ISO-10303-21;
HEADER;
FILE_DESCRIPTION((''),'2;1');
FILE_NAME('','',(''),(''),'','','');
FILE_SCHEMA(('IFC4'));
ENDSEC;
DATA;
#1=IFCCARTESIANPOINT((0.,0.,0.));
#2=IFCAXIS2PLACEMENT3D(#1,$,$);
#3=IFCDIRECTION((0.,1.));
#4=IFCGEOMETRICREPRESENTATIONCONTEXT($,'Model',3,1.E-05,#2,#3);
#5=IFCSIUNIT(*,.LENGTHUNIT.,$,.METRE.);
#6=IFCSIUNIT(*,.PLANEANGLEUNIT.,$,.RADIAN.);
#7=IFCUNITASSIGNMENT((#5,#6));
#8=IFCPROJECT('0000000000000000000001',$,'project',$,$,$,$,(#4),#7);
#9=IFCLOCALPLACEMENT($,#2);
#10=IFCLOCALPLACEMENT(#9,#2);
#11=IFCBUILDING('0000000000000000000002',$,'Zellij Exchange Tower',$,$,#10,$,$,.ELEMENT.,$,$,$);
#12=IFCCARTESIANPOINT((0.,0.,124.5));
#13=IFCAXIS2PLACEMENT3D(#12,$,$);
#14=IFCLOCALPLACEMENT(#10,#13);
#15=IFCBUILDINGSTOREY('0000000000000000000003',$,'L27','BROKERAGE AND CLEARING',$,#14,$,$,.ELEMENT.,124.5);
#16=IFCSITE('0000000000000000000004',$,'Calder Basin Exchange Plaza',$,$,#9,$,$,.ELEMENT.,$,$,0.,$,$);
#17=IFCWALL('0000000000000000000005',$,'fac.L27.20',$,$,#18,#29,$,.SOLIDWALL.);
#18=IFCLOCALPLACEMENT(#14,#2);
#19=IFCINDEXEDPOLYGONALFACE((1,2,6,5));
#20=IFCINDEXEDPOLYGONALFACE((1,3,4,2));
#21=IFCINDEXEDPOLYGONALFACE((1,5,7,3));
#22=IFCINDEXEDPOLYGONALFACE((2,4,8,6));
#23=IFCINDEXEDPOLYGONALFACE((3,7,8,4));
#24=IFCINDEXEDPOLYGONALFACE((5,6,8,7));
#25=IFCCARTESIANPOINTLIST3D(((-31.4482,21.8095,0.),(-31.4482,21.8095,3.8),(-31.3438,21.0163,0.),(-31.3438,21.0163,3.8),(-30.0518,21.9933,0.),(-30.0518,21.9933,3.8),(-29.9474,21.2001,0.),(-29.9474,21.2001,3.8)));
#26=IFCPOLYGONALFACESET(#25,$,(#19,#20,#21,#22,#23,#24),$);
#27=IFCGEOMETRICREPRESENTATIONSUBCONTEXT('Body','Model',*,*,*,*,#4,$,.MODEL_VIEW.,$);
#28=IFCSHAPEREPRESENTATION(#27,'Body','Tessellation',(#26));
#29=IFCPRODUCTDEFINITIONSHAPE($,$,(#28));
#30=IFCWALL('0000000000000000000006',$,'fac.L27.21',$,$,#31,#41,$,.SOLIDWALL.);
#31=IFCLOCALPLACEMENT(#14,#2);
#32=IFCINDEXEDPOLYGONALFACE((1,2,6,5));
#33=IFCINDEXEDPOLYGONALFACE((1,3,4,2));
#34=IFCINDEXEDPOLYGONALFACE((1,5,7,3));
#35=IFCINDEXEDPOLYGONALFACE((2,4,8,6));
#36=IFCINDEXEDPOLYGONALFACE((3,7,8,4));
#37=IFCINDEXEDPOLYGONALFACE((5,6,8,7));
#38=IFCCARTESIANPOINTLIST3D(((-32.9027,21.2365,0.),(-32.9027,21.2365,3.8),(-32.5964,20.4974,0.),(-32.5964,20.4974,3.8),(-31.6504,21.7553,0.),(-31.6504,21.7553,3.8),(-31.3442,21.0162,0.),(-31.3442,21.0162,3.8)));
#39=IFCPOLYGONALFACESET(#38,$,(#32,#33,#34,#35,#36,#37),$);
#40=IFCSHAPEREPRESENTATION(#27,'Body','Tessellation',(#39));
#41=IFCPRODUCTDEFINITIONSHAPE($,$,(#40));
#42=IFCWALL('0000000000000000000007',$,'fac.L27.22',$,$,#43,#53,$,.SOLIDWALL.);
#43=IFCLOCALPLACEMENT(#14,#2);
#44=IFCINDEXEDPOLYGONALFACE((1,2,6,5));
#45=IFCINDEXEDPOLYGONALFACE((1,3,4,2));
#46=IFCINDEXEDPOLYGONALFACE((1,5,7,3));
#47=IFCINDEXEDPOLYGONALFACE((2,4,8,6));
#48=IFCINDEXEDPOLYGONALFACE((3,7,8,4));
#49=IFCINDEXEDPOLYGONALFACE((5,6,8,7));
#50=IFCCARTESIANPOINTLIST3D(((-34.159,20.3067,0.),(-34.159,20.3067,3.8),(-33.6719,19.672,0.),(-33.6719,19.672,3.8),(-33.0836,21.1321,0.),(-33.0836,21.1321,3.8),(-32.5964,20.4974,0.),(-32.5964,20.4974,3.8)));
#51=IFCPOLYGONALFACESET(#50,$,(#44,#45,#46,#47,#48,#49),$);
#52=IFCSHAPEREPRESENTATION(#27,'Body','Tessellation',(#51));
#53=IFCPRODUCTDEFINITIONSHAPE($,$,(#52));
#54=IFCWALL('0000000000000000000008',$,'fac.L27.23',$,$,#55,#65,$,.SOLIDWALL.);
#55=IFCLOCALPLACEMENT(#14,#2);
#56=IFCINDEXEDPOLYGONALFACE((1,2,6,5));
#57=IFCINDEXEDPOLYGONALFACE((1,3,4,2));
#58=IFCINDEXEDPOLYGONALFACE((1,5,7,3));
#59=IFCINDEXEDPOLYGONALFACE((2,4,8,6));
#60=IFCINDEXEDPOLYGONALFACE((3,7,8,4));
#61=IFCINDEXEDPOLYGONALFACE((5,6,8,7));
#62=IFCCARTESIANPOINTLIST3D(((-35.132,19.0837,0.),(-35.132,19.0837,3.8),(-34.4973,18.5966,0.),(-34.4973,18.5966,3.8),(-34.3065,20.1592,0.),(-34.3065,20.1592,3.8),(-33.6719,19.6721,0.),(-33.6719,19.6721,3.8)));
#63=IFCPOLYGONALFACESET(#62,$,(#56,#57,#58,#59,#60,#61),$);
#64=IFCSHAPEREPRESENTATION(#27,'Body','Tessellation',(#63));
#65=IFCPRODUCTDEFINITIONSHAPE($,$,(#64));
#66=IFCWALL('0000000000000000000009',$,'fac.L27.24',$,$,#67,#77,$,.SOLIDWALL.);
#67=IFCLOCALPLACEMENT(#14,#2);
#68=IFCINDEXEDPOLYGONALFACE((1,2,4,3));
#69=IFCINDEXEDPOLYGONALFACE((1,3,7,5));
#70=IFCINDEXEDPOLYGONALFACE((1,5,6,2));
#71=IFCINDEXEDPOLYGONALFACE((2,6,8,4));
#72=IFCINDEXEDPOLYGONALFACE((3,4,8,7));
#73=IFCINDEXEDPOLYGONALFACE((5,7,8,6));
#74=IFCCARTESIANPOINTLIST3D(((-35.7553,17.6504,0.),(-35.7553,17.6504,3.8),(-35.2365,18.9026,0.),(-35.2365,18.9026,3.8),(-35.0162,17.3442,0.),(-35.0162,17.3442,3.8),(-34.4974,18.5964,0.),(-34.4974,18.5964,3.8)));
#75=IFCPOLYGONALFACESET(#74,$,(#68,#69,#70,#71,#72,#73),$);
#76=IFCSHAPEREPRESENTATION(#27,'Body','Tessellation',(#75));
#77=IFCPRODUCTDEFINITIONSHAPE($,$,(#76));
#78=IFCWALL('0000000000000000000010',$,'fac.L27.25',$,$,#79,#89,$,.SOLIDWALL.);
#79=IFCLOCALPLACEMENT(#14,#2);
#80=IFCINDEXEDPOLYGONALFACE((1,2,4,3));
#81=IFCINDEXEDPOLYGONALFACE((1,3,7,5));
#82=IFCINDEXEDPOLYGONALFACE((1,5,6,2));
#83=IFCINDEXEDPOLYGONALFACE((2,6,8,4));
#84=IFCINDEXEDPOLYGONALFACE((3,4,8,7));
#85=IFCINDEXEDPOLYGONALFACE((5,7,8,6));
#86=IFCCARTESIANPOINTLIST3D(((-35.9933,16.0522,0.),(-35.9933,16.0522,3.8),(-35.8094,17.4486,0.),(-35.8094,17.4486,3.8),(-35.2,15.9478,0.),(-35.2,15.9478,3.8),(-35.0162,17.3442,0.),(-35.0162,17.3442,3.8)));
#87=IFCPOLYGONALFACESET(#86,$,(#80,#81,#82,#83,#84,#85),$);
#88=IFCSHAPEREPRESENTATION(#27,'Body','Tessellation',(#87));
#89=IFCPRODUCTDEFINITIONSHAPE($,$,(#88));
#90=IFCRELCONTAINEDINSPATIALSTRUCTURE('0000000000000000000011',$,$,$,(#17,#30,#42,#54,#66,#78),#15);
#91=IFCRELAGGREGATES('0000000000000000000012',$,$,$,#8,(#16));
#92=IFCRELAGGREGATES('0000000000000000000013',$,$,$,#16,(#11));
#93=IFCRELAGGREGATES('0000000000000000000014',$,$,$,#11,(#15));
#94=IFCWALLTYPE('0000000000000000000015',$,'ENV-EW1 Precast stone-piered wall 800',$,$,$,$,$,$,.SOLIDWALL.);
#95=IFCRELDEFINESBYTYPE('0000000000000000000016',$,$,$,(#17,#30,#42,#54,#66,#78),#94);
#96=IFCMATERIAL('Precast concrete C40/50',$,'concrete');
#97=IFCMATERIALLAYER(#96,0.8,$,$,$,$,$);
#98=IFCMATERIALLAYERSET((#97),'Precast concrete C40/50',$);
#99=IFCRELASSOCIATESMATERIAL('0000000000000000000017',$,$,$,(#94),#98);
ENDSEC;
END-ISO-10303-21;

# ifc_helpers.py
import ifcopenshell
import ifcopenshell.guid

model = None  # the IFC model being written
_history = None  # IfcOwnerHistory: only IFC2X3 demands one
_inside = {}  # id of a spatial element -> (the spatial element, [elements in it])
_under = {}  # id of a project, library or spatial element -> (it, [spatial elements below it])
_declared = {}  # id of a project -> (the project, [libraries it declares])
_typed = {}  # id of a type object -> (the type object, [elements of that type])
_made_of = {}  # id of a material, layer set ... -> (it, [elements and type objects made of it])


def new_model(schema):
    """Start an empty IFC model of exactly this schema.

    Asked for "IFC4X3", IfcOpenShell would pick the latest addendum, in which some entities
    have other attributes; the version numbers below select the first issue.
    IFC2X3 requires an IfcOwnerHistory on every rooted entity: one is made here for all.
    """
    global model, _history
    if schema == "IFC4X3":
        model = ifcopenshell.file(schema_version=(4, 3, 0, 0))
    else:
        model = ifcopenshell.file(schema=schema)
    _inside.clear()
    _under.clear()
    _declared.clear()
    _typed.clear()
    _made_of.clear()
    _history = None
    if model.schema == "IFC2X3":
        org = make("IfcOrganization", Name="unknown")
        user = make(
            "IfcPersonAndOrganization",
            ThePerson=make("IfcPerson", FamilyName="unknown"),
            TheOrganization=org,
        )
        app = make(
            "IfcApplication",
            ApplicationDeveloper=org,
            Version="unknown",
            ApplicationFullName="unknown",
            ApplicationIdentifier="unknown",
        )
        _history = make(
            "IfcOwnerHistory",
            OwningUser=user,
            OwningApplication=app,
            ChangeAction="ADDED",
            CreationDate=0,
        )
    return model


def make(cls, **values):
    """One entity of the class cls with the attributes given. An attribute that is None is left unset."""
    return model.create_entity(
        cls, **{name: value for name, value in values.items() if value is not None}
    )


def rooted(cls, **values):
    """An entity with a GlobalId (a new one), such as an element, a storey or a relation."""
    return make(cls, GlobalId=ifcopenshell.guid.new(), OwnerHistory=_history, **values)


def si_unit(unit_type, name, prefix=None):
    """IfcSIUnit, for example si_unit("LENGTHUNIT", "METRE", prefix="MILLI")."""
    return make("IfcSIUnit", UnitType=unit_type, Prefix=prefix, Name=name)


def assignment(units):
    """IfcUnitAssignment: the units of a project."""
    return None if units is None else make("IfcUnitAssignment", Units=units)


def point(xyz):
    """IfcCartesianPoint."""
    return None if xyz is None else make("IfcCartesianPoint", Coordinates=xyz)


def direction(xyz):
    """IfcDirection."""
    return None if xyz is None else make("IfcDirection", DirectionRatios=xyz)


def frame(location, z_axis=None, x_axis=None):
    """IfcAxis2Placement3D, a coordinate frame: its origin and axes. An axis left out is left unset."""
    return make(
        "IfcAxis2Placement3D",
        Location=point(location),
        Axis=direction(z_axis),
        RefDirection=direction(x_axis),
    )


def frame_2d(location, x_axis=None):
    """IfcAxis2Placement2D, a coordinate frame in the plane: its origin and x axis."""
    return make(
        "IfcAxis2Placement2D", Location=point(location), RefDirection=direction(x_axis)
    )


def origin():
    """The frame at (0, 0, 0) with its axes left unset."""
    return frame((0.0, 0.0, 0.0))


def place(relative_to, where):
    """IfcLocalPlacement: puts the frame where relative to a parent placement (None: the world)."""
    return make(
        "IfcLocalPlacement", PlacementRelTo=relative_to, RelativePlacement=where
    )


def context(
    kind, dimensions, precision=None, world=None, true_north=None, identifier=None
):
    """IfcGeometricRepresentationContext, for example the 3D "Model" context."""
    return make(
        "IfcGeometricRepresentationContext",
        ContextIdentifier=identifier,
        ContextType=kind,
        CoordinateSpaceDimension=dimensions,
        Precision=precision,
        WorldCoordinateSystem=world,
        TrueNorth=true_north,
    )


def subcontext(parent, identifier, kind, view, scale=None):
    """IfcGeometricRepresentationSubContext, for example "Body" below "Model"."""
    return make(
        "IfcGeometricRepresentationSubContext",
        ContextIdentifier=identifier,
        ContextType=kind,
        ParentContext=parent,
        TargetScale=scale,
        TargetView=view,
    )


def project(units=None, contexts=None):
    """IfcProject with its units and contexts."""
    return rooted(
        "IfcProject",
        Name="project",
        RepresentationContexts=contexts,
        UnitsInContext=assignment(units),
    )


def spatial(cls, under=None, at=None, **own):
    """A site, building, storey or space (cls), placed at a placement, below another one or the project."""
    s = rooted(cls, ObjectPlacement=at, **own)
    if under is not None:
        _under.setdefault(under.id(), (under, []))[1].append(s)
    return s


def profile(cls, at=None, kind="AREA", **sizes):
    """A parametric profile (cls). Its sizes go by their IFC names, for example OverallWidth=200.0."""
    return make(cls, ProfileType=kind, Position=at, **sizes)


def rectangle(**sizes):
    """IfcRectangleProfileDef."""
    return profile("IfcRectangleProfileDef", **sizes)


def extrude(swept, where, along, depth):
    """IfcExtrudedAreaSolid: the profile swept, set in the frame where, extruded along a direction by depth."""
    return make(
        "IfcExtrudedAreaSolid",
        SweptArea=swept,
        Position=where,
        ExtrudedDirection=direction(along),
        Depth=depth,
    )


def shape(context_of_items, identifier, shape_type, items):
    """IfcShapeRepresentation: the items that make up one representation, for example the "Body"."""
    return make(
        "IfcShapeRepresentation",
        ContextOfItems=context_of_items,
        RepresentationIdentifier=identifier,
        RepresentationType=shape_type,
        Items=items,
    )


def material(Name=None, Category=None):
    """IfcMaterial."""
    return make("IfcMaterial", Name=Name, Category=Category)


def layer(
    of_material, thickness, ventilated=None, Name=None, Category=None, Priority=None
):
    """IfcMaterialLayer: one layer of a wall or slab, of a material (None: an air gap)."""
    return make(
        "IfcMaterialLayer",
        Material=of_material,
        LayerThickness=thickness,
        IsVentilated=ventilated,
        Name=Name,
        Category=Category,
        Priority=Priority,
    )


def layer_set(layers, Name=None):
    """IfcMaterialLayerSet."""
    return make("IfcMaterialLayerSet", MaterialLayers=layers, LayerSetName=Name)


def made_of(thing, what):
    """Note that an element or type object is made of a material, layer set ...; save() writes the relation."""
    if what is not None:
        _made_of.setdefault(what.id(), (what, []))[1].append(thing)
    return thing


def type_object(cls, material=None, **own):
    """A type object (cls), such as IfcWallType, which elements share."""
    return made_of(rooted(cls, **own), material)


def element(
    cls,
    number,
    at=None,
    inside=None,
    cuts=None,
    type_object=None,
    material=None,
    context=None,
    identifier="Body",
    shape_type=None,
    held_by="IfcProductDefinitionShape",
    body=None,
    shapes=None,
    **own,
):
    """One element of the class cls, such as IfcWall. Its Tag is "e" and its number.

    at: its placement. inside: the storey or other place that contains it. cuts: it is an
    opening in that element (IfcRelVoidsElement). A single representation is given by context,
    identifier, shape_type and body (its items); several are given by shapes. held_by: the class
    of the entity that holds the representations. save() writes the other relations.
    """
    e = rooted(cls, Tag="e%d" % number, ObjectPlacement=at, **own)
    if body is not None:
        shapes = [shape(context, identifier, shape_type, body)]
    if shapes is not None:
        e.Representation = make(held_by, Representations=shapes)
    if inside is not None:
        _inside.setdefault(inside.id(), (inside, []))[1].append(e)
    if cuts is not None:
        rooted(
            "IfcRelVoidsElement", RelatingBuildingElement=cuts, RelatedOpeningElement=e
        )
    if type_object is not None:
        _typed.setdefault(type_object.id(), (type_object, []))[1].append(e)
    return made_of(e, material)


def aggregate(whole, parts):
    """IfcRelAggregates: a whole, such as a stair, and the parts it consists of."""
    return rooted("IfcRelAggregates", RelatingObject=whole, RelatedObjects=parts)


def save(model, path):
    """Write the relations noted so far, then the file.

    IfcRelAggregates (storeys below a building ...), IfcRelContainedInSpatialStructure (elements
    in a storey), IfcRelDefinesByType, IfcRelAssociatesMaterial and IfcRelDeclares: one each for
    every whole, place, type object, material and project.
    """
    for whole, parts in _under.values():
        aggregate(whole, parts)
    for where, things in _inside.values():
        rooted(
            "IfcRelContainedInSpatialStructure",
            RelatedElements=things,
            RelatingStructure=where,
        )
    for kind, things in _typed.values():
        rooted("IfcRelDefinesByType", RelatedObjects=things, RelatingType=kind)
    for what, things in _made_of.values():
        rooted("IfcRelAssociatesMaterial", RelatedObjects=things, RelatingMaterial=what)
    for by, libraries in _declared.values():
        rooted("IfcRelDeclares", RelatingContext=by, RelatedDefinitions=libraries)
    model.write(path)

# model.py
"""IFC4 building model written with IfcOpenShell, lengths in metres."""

from ifc_helpers import new_model, si_unit, direction, frame, frame_2d, origin, place, context, subcontext, project, spatial, rectangle, extrude, material, layer, layer_set, type_object, element, save


model = new_model("IFC4")

# Units and contexts
model_context = context("Model", 3, precision=1e-05, world=origin(), true_north=direction((0.0, 1.0)))
body_context = subcontext(model_context, "Body", "Model", "MODEL_VIEW")
ifc_project = project(units=[si_unit("LENGTHUNIT", "METRE"), si_unit("PLANEANGLEUNIT", "RADIAN")], contexts=[model_context])

# Site, building, storey
site_placement = place(None, origin())
site = spatial("IfcSite", under=ifc_project, at=site_placement, Name="Calder Basin Exchange Plaza", CompositionType="ELEMENT", RefElevation=0.0)
building_placement = place(site_placement, origin())
building = spatial("IfcBuilding", under=site, at=building_placement, Name="Zellij Exchange Tower", CompositionType="ELEMENT")
storey_placement = place(building_placement, frame((0.0, 0.0, 124.5)))
storey = spatial("IfcBuildingStorey", under=building, at=storey_placement, Name="L27", Description="BROKERAGE AND CLEARING", CompositionType="ELEMENT", Elevation=124.5)

# Walls
ifc_material_1 = material(Name="Precast concrete C40/50", Category="concrete")
ifc_layer_1 = layer(ifc_material_1, 0.8)
ifc_layer_set_1 = layer_set([ifc_layer_1], Name="Precast concrete C40/50")
wall_type_1 = type_object("IfcWallType", Name="ENV-EW1 Precast stone-piered wall 800", PredefinedType="SOLIDWALL", material=ifc_layer_set_1)
wall_1_placement = place(storey_placement, frame((-29.9998, 21.5967, 0.0), z_axis=(0.0, 0.0, 1.0), x_axis=(-0.991446, -0.130517, 0.0)))
element("IfcWall", 1, at=wall_1_placement, inside=storey, type_object=wall_type_1, Name="fac.L27.20", PredefinedType="SOLIDWALL", context=body_context, shape_type="SweptSolid", body=[
    extrude(rectangle(XDim=1.4084, YDim=0.8, at=frame_2d((0.7041, 0.0))), origin(), (0.0, 0.0, 1.0), 3.8),
])
wall_2_placement = place(storey_placement, frame((-31.4973, 21.3857, 0.0), z_axis=(0.0, 0.0, 1.0), x_axis=(-0.923848, -0.38276, 0.0)))
element("IfcWall", 2, at=wall_2_placement, inside=storey, type_object=wall_type_1, Name="fac.L27.21", PredefinedType="SOLIDWALL", context=body_context, shape_type="SweptSolid", body=[
    extrude(rectangle(XDim=1.3555, YDim=0.8, at=frame_2d((0.6777, 0.0))), origin(), (0.0, 0.0, 1.0), 3.8),
])
for number, where, z_axis, x_axis, name in (
    (3, (-32.8401, 20.8147, 0.0), (0.0, 0.0, 1.0), (-0.793273, -0.608866, 0.0), "fac.L27.22"),
    (4, (-33.9893, 19.9155, 0.0), (0.0, 0.0, 1.0), (-0.608866, -0.793273, 0.0), "fac.L27.23"),
):
    element("IfcWall", number, at=place(storey_placement, frame(where, z_axis=z_axis, x_axis=x_axis)), inside=storey, type_object=wall_type_1, Name=name, PredefinedType="SOLIDWALL", context=body_context, shape_type="SweptSolid", body=[
        extrude(rectangle(XDim=1.3557, YDim=0.8, at=frame_2d((0.6777, 0.0))), origin(), (0.0, 0.0, 1.0), 3.8),
    ])
wall_3_placement = place(storey_placement, frame((-34.8669, 18.7495, 0.0), z_axis=(0.0, 0.0, 1.0), x_axis=(-0.38276, -0.923848, 0.0)))
element("IfcWall", 5, at=wall_3_placement, inside=storey, type_object=wall_type_1, Name="fac.L27.24", PredefinedType="SOLIDWALL", context=body_context, shape_type="SweptSolid", body=[
    extrude(rectangle(XDim=1.3555, YDim=0.8, at=frame_2d((0.6777, 0.0))), origin(), (0.0, 0.0, 1.0), 3.8),
])
wall_4_placement = place(storey_placement, frame((-35.4128, 17.3962, 0.0), z_axis=(0.0, 0.0, 1.0), x_axis=(-0.130517, -0.991446, 0.0)))
element("IfcWall", 6, at=wall_4_placement, inside=storey, type_object=wall_type_1, Name="fac.L27.25", PredefinedType="SOLIDWALL", context=body_context, shape_type="SweptSolid", body=[
    extrude(rectangle(XDim=1.4084, YDim=0.8, at=frame_2d((0.7041, 0.0))), origin(), (0.0, 0.0, 1.0), 3.8),
])

save(model, "model.ifc")
